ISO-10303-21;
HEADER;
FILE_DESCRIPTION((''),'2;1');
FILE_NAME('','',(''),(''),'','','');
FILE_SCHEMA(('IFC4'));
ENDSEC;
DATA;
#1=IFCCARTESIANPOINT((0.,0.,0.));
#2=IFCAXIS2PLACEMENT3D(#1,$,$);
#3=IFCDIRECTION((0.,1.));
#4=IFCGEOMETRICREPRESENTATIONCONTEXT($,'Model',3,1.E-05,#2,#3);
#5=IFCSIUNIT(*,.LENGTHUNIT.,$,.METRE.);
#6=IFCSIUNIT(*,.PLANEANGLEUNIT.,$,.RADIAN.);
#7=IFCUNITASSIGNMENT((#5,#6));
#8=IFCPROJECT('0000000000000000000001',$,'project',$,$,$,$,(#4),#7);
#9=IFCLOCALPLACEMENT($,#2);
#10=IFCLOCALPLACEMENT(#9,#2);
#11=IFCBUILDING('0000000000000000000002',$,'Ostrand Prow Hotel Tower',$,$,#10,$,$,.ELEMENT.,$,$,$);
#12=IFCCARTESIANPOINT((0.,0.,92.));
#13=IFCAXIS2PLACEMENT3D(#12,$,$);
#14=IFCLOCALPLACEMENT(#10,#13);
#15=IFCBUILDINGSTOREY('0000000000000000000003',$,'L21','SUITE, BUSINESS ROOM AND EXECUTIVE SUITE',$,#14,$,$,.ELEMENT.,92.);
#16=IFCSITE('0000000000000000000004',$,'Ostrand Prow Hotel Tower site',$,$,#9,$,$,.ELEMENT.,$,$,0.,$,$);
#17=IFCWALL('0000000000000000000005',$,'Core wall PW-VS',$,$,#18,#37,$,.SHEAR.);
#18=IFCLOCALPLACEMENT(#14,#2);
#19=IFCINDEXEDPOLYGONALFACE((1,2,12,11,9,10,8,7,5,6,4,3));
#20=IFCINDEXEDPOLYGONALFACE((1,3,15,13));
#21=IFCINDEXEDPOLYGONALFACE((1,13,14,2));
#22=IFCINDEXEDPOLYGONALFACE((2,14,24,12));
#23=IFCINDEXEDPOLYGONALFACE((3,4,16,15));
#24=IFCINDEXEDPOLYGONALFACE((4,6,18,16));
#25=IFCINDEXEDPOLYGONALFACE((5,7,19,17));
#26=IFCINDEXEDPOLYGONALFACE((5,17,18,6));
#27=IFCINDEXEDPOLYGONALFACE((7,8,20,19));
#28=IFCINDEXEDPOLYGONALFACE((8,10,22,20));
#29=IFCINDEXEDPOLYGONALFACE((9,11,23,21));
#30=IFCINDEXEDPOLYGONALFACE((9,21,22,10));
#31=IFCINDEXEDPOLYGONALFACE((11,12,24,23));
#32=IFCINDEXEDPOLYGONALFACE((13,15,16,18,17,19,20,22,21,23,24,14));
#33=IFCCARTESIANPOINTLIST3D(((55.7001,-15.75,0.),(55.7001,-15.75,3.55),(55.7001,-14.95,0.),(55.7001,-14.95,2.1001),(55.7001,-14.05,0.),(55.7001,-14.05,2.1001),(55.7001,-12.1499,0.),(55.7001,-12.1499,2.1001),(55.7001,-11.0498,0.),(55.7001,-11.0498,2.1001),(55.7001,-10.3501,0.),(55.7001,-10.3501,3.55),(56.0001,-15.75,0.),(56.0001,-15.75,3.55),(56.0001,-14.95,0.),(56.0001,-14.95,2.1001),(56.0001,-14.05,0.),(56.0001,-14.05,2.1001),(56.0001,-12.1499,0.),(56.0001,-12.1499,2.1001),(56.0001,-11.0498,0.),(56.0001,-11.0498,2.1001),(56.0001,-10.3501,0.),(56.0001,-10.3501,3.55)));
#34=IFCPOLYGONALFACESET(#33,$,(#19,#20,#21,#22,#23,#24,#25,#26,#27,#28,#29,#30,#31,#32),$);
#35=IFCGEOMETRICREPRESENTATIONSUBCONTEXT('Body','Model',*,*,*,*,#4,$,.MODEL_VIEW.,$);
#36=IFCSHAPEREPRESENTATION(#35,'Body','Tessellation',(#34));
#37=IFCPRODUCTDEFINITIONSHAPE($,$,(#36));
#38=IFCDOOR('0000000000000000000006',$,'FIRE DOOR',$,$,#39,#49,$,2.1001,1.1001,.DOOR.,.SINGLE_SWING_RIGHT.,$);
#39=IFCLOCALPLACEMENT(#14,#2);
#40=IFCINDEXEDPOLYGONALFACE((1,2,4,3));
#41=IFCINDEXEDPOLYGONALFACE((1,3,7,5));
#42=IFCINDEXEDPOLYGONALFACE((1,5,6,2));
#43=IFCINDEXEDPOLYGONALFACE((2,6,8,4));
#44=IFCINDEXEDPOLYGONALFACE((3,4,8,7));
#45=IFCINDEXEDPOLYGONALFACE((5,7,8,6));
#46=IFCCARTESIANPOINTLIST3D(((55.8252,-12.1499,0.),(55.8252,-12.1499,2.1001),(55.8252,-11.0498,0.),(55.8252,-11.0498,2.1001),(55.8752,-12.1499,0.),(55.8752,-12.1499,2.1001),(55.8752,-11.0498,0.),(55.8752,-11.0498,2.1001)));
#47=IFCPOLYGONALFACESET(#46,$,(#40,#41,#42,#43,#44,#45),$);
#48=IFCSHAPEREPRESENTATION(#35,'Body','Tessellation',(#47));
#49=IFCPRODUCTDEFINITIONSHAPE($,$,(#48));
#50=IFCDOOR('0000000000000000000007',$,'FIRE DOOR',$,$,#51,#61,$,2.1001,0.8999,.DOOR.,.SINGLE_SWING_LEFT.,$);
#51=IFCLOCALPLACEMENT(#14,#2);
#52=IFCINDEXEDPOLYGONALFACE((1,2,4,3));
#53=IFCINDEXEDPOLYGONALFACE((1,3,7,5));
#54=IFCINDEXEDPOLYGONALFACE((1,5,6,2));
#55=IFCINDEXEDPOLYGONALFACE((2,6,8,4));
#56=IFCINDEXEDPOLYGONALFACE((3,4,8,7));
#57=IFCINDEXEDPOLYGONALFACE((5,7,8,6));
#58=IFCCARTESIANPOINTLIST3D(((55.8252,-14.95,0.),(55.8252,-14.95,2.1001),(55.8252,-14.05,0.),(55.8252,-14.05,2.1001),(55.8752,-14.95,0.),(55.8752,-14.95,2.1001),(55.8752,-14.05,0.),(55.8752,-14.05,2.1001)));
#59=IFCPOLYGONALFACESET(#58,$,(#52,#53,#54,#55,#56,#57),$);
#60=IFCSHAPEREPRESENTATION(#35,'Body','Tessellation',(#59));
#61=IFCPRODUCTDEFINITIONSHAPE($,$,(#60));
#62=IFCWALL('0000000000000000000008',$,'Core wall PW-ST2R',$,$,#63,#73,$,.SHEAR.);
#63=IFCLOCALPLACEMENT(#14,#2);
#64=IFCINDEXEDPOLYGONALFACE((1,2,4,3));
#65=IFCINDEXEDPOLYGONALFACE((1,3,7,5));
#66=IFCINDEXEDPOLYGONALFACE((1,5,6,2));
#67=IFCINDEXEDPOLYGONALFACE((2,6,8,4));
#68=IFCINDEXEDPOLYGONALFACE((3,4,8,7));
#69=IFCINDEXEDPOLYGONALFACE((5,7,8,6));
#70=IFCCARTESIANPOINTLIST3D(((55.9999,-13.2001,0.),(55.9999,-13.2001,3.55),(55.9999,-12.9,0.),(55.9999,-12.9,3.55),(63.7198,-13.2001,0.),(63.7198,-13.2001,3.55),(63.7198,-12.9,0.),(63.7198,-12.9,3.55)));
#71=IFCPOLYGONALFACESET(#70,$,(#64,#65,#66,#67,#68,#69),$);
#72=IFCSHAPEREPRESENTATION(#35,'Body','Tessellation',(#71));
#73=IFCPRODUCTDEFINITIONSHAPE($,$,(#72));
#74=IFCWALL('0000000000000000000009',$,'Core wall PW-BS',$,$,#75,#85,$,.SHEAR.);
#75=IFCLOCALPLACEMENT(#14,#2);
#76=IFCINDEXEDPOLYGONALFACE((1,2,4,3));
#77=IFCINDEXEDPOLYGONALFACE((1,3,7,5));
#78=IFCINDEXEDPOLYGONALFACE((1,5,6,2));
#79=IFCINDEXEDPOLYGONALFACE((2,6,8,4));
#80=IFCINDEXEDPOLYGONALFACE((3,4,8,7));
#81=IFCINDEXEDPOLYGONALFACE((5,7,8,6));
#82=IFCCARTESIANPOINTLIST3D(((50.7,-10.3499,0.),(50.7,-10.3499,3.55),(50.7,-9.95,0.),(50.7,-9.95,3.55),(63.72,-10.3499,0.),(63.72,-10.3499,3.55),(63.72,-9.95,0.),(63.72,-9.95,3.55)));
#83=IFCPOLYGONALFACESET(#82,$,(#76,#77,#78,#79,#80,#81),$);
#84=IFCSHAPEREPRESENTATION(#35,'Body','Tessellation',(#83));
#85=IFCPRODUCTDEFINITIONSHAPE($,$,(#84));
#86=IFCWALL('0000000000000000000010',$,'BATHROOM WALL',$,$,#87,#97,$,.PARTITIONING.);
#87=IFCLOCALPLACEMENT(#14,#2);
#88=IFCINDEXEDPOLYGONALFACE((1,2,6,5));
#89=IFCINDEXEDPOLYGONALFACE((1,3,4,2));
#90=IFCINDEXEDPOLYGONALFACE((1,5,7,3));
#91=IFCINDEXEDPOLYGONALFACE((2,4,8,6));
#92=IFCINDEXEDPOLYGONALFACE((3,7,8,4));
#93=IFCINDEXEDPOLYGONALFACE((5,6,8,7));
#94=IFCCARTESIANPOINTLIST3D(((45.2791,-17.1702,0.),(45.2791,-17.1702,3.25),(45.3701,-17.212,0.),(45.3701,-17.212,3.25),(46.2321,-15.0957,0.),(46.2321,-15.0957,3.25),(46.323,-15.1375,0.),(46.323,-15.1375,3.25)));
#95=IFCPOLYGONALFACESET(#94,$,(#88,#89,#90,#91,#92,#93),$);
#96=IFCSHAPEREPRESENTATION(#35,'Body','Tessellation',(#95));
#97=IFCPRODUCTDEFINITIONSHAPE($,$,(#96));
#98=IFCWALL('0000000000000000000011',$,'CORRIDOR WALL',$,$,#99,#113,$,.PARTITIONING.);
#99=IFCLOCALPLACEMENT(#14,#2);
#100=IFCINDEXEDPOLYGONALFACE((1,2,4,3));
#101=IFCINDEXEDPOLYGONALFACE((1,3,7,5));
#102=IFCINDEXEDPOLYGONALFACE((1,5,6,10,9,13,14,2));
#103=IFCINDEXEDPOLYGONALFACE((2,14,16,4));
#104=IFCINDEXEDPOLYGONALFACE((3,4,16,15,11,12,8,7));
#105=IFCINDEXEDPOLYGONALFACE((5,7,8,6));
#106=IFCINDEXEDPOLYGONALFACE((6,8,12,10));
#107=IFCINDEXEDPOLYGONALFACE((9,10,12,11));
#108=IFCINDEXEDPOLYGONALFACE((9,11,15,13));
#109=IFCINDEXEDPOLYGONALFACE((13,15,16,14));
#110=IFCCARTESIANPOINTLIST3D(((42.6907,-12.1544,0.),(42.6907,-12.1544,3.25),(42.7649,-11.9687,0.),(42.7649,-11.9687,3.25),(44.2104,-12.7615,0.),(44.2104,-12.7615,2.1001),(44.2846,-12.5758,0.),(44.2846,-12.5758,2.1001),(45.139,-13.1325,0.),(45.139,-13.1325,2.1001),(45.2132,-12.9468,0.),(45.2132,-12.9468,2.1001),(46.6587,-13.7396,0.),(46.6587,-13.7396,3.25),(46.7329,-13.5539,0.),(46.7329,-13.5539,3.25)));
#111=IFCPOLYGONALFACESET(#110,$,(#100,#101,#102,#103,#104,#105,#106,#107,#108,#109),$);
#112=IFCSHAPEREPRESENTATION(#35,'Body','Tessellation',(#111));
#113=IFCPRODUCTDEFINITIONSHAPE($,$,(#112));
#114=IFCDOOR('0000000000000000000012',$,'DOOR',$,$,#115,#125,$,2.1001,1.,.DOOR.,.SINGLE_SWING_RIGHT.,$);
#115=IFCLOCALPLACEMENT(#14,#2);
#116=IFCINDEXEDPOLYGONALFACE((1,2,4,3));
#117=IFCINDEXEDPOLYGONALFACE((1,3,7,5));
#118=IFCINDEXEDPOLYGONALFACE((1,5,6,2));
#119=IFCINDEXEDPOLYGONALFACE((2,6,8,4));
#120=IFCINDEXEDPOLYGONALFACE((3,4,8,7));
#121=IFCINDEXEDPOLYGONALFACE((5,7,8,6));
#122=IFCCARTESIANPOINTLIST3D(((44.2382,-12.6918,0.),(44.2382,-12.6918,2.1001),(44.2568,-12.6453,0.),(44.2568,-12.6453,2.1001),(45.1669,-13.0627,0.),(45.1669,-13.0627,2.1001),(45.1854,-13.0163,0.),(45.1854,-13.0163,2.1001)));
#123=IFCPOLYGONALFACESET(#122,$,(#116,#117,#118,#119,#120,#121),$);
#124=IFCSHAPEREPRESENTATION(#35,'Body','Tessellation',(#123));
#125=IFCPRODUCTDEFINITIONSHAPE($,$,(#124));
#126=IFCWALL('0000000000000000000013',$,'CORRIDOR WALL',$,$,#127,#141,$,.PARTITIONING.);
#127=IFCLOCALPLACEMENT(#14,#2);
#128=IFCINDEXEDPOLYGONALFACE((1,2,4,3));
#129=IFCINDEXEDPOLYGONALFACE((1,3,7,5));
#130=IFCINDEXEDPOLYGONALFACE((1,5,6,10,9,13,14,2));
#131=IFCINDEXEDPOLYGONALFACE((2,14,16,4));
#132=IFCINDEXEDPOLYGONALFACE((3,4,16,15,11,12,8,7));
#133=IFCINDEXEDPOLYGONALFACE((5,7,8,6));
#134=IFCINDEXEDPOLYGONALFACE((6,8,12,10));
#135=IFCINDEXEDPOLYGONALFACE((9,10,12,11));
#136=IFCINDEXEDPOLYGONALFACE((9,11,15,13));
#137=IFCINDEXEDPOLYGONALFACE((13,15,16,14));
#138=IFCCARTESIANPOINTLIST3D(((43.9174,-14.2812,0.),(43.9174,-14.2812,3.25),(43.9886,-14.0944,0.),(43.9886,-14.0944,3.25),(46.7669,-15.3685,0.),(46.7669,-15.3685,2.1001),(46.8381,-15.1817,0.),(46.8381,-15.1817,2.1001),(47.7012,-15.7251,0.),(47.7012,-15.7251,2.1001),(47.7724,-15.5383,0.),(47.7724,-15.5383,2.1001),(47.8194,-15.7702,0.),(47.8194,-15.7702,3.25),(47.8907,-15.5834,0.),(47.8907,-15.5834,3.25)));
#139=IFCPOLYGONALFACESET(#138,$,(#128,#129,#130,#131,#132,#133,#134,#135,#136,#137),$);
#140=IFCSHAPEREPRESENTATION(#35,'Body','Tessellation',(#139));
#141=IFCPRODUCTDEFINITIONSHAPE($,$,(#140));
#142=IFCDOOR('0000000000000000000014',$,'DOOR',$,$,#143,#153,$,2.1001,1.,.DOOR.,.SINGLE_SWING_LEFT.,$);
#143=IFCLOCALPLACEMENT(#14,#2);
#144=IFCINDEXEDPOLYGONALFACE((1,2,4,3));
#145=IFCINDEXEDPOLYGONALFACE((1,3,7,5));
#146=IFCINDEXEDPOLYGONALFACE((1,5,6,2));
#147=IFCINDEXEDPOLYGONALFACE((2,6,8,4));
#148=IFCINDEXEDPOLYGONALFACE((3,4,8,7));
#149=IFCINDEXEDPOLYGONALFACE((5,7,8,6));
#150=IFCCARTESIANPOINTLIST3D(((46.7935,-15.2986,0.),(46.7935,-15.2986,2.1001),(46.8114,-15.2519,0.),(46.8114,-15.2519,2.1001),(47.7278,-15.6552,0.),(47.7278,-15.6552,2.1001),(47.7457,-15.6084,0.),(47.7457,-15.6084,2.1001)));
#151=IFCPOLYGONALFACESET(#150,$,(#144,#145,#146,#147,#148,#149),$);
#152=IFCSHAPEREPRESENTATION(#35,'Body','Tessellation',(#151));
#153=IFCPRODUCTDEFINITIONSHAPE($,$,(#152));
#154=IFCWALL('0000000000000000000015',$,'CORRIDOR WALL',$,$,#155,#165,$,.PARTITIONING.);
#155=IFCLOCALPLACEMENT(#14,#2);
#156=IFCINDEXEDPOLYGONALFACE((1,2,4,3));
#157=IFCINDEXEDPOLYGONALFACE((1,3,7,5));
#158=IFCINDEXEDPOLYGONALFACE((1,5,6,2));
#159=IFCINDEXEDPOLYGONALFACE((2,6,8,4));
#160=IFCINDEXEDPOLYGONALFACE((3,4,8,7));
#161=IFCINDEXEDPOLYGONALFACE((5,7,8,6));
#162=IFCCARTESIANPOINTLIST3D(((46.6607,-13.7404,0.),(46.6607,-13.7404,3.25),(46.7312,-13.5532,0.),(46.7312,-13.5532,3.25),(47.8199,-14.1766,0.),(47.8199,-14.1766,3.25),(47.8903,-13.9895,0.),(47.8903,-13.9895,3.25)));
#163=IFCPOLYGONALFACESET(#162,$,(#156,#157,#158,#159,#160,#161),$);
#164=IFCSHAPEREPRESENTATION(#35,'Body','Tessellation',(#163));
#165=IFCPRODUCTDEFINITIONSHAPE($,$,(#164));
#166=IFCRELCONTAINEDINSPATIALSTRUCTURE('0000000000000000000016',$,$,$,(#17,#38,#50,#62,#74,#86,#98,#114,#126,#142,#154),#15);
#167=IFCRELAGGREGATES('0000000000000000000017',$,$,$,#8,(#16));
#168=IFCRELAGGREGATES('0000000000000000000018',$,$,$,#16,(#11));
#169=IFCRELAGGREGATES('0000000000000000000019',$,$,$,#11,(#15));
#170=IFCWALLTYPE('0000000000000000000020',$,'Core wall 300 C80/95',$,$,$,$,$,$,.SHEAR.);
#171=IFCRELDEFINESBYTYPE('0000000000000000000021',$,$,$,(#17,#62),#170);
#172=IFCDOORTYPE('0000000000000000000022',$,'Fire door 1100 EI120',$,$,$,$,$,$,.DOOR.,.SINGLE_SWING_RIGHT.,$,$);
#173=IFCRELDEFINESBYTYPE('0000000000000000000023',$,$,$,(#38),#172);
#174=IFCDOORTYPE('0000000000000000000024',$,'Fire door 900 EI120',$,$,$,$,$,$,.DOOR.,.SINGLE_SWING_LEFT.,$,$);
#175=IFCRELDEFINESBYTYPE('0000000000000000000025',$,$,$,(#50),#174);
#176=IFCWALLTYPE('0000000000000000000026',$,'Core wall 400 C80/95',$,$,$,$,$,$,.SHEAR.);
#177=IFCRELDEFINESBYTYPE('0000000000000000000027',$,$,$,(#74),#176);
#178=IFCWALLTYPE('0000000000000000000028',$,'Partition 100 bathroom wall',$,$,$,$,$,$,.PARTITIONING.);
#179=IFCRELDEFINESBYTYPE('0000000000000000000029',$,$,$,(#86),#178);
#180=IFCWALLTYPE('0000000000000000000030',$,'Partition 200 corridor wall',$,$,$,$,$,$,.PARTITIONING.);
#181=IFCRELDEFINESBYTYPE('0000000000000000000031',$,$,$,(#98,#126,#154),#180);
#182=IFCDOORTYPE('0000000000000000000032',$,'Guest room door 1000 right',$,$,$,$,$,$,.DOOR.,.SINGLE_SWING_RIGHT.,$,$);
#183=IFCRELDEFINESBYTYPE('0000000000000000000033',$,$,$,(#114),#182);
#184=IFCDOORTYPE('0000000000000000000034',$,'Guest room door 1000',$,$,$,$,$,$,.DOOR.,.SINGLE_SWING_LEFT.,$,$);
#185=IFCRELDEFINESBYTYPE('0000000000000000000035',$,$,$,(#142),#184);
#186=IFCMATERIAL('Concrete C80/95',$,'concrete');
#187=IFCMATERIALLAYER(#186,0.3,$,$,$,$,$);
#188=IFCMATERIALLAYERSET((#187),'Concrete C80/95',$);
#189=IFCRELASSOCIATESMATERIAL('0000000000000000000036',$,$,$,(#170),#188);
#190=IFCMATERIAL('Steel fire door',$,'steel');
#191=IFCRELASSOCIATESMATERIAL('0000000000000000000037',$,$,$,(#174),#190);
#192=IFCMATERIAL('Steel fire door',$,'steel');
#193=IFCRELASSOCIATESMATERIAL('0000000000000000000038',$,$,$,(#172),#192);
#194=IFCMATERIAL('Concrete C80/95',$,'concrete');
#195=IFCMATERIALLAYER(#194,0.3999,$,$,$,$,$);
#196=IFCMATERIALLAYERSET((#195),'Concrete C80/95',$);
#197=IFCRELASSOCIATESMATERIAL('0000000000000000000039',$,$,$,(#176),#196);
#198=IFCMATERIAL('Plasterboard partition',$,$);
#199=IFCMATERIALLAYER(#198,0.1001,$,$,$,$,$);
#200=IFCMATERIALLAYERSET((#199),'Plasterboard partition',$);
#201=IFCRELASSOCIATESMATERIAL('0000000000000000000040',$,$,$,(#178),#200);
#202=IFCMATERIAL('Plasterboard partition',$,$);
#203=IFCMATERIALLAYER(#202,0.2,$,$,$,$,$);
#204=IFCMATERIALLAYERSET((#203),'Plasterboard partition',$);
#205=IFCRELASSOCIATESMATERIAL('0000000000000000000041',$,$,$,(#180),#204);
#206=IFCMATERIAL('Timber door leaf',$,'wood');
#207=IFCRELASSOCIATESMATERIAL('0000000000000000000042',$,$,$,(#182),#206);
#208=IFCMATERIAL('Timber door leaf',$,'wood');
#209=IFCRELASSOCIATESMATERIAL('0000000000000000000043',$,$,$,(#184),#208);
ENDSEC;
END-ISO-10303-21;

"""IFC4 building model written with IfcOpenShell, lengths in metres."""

from ifc_helpers import new_model, si_unit, direction, frame, frame_2d, origin, place, context, subcontext, project, spatial, rectangle, extrude, material, layer, layer_set, type_object, element, fill, save


model = new_model("IFC4")

# Units and contexts
model_context = context("Model", 3, precision=1e-05, world=origin(), true_north=direction((0.0, 1.0)))
body_context = subcontext(model_context, "Body", "Model", "MODEL_VIEW")
ifc_project = project(units=[si_unit("LENGTHUNIT", "METRE"), si_unit("PLANEANGLEUNIT", "RADIAN")], contexts=[model_context])

# Site, building, storey
site_placement = place(None, origin())
site = spatial("IfcSite", under=ifc_project, at=site_placement, Name="Ostrand Prow Hotel Tower site", CompositionType="ELEMENT", RefElevation=0.0)
building_placement = place(site_placement, origin())
building = spatial("IfcBuilding", under=site, at=building_placement, Name="Ostrand Prow Hotel Tower", CompositionType="ELEMENT")
storey_placement = place(building_placement, frame((0.0, 0.0, 92.0)))
storey = spatial("IfcBuildingStorey", under=building, at=storey_placement, Name="L21", Description="SUITE, BUSINESS ROOM AND EXECUTIVE SUITE", CompositionType="ELEMENT", Elevation=92.0)

# Shared definitions
ifc_material_1 = material(Name="Concrete C80/95", Category="concrete")
ifc_layer_1 = layer(ifc_material_1, 0.3)
ifc_layer_set_1 = layer_set([ifc_layer_1], Name="Concrete C80/95")
wall_type_1 = type_object("IfcWallType", Name="Core wall 300 C80/95", PredefinedType="SHEAR", material=ifc_layer_set_1)

# Shared definitions
ifc_material_2 = material(Name="Steel fire door", Category="steel")
door_type_1 = type_object("IfcDoorType", Name="Fire door 900 EI120", OperationType="SINGLE_SWING_LEFT", PredefinedType="DOOR", material=ifc_material_2)

# Wall, openings, doors
wall_1_placement = place(storey_placement, frame((55.8501, -15.75, 0.0), z_axis=(0.0, 0.0, 1.0), x_axis=(0.0, 1.0, 0.0)))
wall_1 = element("IfcWall", 1, at=wall_1_placement, inside=storey, type_object=wall_type_1, Name="Core wall PW-VS", PredefinedType="SHEAR", context=body_context, shape_type="SweptSolid", body=[
    extrude(rectangle(XDim=5.3999, YDim=0.3, at=frame_2d((2.7, 0.0))), origin(), (0.0, 0.0, 1.0), 3.55),
])
opening_1_placement = place(wall_1_placement, frame((3.6001, 0.0, 0.0)))
opening_1 = element("IfcOpeningElement", 2, at=opening_1_placement, cuts=wall_1, PredefinedType="OPENING", context=body_context, shape_type="SweptSolid", body=[
    extrude(rectangle(XDim=1.1001, YDim=2.1001, at=frame_2d((0.55, 1.05))), frame((0.0, 0.1599, 0.0), z_axis=(0.0, -1.0, 0.0), x_axis=(1.0, 0.0, 0.0)), (0.0, 0.0, 1.0), 0.3201),
])
opening_2_placement = place(wall_1_placement, frame((0.8, 0.0, 0.0)))
opening_2 = element("IfcOpeningElement", 3, at=opening_2_placement, cuts=wall_1, PredefinedType="OPENING", context=body_context, shape_type="SweptSolid", body=[
    extrude(rectangle(XDim=0.8999, YDim=2.1001, at=frame_2d((0.45, 1.05))), frame((0.0, 0.1599, 0.0), z_axis=(0.0, -1.0, 0.0), x_axis=(1.0, 0.0, 0.0)), (0.0, 0.0, 1.0), 0.3201),
])
ifc_material_3 = material(Name="Steel fire door", Category="steel")
door_type_2 = type_object("IfcDoorType", Name="Fire door 1100 EI120", OperationType="SINGLE_SWING_RIGHT", PredefinedType="DOOR", material=ifc_material_3)
door_1_placement = place(opening_1_placement, origin())
door_1 = element("IfcDoor", 4, at=door_1_placement, inside=storey, type_object=door_type_2, Name="FIRE DOOR", OperationType="SINGLE_SWING_RIGHT", OverallHeight=2.1001, OverallWidth=1.1001, PredefinedType="DOOR", context=body_context, shape_type="SweptSolid", body=[
    extrude(rectangle(XDim=1.1001, YDim=2.1001, at=frame_2d((0.55, 1.05))), frame((0.0, 0.0249, 0.0), z_axis=(0.0, -1.0, 0.0), x_axis=(1.0, 0.0, 0.0)), (0.0, 0.0, 1.0), 0.05),
])
fill(opening_1, door_1)
door_2_placement = place(opening_2_placement, origin())
door_2 = element("IfcDoor", 5, at=door_2_placement, inside=storey, type_object=door_type_1, Name="FIRE DOOR", OperationType="SINGLE_SWING_LEFT", OverallHeight=2.1001, OverallWidth=0.8999, PredefinedType="DOOR", context=body_context, shape_type="SweptSolid", body=[
    extrude(rectangle(XDim=0.8999, YDim=2.1001, at=frame_2d((0.45, 1.05))), frame((0.0, 0.0249, 0.0), z_axis=(0.0, -1.0, 0.0), x_axis=(1.0, 0.0, 0.0)), (0.0, 0.0, 1.0), 0.05),
])
fill(opening_2, door_2)

# Walls
wall_2_placement = place(storey_placement, frame((56.0, -13.05, 0.0), z_axis=(0.0, 0.0, 1.0), x_axis=(1.0, 0.0, 0.0)))
element("IfcWall", 6, at=wall_2_placement, inside=storey, type_object=wall_type_1, Name="Core wall PW-ST2R", PredefinedType="SHEAR", context=body_context, shape_type="SweptSolid", body=[
    extrude(rectangle(XDim=7.72, YDim=0.3, at=frame_2d((3.8599, 0.0))), origin(), (0.0, 0.0, 1.0), 3.55),
])
ifc_material_4 = material(Name="Concrete C80/95", Category="concrete")
ifc_layer_2 = layer(ifc_material_4, 0.3999)
ifc_layer_set_2 = layer_set([ifc_layer_2], Name="Concrete C80/95")
wall_type_2 = type_object("IfcWallType", Name="Core wall 400 C80/95", PredefinedType="SHEAR", material=ifc_layer_set_2)
wall_3_placement = place(storey_placement, frame((50.7, -10.1499, 0.0), z_axis=(0.0, 0.0, 1.0), x_axis=(1.0, 0.0, 0.0)))
element("IfcWall", 7, at=wall_3_placement, inside=storey, type_object=wall_type_2, Name="Core wall PW-BS", PredefinedType="SHEAR", context=body_context, shape_type="SweptSolid", body=[
    extrude(rectangle(XDim=13.02, YDim=0.3999, at=frame_2d((6.51, 0.0))), origin(), (0.0, 0.0, 1.0), 3.55),
])
ifc_material_5 = material(Name="Plasterboard partition")
ifc_layer_3 = layer(ifc_material_5, 0.1001)
ifc_layer_set_3 = layer_set([ifc_layer_3], Name="Plasterboard partition")
wall_type_3 = type_object("IfcWallType", Name="Partition 100 bathroom wall", PredefinedType="PARTITIONING", material=ifc_layer_set_3)
wall_4_placement = place(storey_placement, frame((46.2776, -15.1165, 0.0), z_axis=(0.0, 0.0, 1.0), x_axis=(-0.417409, -0.908719, 0.0)))
element("IfcWall", 8, at=wall_4_placement, inside=storey, type_object=wall_type_3, Name="BATHROOM WALL", PredefinedType="PARTITIONING", context=body_context, shape_type="SweptSolid", body=[
    extrude(rectangle(XDim=2.283, YDim=0.1001, at=frame_2d((1.1416, 0.0))), origin(), (0.0, 0.0, 1.0), 3.25),
])

# Walls, openings, doors
ifc_material_6 = material(Name="Plasterboard partition")
ifc_layer_4 = layer(ifc_material_6, 0.2)
ifc_layer_set_4 = layer_set([ifc_layer_4], Name="Plasterboard partition")
wall_type_4 = type_object("IfcWallType", Name="Partition 200 corridor wall", PredefinedType="PARTITIONING", material=ifc_layer_set_4)
wall_5_placement = place(storey_placement, frame((46.6958, -13.6467, 0.0), z_axis=(0.0, 0.0, 1.0), x_axis=(-0.928638, 0.370987, 0.0)))
wall_5 = element("IfcWall", 9, at=wall_5_placement, inside=storey, type_object=wall_type_4, Name="CORRIDOR WALL", PredefinedType="PARTITIONING", context=body_context, shape_type="SweptSolid", body=[
    extrude(rectangle(XDim=4.2729, YDim=0.2, at=frame_2d((2.1365, 0.0))), origin(), (0.0, 0.0, 1.0), 3.25),
])
opening_3_placement = place(wall_5_placement, frame((1.6365, 0.0, 0.0)))
opening_3 = element("IfcOpeningElement", 10, at=opening_3_placement, cuts=wall_5, PredefinedType="OPENING", context=body_context, shape_type="SweptSolid", body=[
    extrude(rectangle(XDim=1.0, YDim=2.1001, at=frame_2d((0.5, 1.05))), frame((0.0, 0.1099, 0.0), z_axis=(0.0, -1.0, 0.0), x_axis=(1.0, 0.0, 0.0)), (0.0, 0.0, 1.0), 0.22),
])
ifc_material_7 = material(Name="Timber door leaf", Category="wood")
door_type_3 = type_object("IfcDoorType", Name="Guest room door 1000 right", OperationType="SINGLE_SWING_RIGHT", PredefinedType="DOOR", material=ifc_material_7)
door_3_placement = place(opening_3_placement, origin())
door_3 = element("IfcDoor", 11, at=door_3_placement, inside=storey, type_object=door_type_3, Name="DOOR", OperationType="SINGLE_SWING_RIGHT", OverallHeight=2.1001, OverallWidth=1.0, PredefinedType="DOOR", context=body_context, shape_type="SweptSolid", body=[
    extrude(rectangle(XDim=1.0, YDim=2.1001, at=frame_2d((0.5, 1.05))), frame((0.0, 0.0249, 0.0), z_axis=(0.0, -1.0, 0.0), x_axis=(1.0, 0.0, 0.0)), (0.0, 0.0, 1.0), 0.05),
])
fill(opening_3, door_3)
wall_6_placement = place(storey_placement, frame((43.9529, -14.1877, 0.0), z_axis=(0.0, 0.0, 1.0), x_axis=(0.934288, -0.356518, 0.0)))
wall_6 = element("IfcWall", 12, at=wall_6_placement, inside=storey, type_object=wall_type_4, Name="CORRIDOR WALL", PredefinedType="PARTITIONING", context=body_context, shape_type="SweptSolid", body=[
    extrude(rectangle(XDim=4.1765, YDim=0.2, at=frame_2d((2.0884, 0.0))), origin(), (0.0, 0.0, 1.0), 3.25),
])
opening_4_placement = place(wall_6_placement, frame((3.05, 0.0, 0.0)))
opening_4 = element("IfcOpeningElement", 13, at=opening_4_placement, cuts=wall_6, PredefinedType="OPENING", context=body_context, shape_type="SweptSolid", body=[
    extrude(rectangle(XDim=1.0, YDim=2.1001, at=frame_2d((0.5, 1.05))), frame((0.0, 0.1099, 0.0), z_axis=(0.0, -1.0, 0.0), x_axis=(1.0, 0.0, 0.0)), (0.0, 0.0, 1.0), 0.22),
])
ifc_material_8 = material(Name="Timber door leaf", Category="wood")
door_type_4 = type_object("IfcDoorType", Name="Guest room door 1000", OperationType="SINGLE_SWING_LEFT", PredefinedType="DOOR", material=ifc_material_8)
door_4_placement = place(opening_4_placement, origin())
door_4 = element("IfcDoor", 14, at=door_4_placement, inside=storey, type_object=door_type_4, Name="DOOR", OperationType="SINGLE_SWING_LEFT", OverallHeight=2.1001, OverallWidth=1.0, PredefinedType="DOOR", context=body_context, shape_type="SweptSolid", body=[
    extrude(rectangle(XDim=1.0, YDim=2.1001, at=frame_2d((0.5, 1.05))), frame((0.0, 0.0249, 0.0), z_axis=(0.0, -1.0, 0.0), x_axis=(1.0, 0.0, 0.0)), (0.0, 0.0, 1.0), 0.05),
])
fill(opening_4, door_4)

# Wall
wall_7_placement = place(storey_placement, frame((47.855, -14.083, 0.0), z_axis=(0.0, 0.0, 1.0), x_axis=(-0.935907, 0.352246, 0.0)))
element("IfcWall", 15, at=wall_7_placement, inside=storey, type_object=wall_type_4, Name="CORRIDOR WALL", PredefinedType="PARTITIONING", context=body_context, shape_type="SweptSolid", body=[
    extrude(rectangle(XDim=1.2385, YDim=0.2, at=frame_2d((0.6191, 0.0))), origin(), (0.0, 0.0, 1.0), 3.25),
])

save(model, "model.ifc")
